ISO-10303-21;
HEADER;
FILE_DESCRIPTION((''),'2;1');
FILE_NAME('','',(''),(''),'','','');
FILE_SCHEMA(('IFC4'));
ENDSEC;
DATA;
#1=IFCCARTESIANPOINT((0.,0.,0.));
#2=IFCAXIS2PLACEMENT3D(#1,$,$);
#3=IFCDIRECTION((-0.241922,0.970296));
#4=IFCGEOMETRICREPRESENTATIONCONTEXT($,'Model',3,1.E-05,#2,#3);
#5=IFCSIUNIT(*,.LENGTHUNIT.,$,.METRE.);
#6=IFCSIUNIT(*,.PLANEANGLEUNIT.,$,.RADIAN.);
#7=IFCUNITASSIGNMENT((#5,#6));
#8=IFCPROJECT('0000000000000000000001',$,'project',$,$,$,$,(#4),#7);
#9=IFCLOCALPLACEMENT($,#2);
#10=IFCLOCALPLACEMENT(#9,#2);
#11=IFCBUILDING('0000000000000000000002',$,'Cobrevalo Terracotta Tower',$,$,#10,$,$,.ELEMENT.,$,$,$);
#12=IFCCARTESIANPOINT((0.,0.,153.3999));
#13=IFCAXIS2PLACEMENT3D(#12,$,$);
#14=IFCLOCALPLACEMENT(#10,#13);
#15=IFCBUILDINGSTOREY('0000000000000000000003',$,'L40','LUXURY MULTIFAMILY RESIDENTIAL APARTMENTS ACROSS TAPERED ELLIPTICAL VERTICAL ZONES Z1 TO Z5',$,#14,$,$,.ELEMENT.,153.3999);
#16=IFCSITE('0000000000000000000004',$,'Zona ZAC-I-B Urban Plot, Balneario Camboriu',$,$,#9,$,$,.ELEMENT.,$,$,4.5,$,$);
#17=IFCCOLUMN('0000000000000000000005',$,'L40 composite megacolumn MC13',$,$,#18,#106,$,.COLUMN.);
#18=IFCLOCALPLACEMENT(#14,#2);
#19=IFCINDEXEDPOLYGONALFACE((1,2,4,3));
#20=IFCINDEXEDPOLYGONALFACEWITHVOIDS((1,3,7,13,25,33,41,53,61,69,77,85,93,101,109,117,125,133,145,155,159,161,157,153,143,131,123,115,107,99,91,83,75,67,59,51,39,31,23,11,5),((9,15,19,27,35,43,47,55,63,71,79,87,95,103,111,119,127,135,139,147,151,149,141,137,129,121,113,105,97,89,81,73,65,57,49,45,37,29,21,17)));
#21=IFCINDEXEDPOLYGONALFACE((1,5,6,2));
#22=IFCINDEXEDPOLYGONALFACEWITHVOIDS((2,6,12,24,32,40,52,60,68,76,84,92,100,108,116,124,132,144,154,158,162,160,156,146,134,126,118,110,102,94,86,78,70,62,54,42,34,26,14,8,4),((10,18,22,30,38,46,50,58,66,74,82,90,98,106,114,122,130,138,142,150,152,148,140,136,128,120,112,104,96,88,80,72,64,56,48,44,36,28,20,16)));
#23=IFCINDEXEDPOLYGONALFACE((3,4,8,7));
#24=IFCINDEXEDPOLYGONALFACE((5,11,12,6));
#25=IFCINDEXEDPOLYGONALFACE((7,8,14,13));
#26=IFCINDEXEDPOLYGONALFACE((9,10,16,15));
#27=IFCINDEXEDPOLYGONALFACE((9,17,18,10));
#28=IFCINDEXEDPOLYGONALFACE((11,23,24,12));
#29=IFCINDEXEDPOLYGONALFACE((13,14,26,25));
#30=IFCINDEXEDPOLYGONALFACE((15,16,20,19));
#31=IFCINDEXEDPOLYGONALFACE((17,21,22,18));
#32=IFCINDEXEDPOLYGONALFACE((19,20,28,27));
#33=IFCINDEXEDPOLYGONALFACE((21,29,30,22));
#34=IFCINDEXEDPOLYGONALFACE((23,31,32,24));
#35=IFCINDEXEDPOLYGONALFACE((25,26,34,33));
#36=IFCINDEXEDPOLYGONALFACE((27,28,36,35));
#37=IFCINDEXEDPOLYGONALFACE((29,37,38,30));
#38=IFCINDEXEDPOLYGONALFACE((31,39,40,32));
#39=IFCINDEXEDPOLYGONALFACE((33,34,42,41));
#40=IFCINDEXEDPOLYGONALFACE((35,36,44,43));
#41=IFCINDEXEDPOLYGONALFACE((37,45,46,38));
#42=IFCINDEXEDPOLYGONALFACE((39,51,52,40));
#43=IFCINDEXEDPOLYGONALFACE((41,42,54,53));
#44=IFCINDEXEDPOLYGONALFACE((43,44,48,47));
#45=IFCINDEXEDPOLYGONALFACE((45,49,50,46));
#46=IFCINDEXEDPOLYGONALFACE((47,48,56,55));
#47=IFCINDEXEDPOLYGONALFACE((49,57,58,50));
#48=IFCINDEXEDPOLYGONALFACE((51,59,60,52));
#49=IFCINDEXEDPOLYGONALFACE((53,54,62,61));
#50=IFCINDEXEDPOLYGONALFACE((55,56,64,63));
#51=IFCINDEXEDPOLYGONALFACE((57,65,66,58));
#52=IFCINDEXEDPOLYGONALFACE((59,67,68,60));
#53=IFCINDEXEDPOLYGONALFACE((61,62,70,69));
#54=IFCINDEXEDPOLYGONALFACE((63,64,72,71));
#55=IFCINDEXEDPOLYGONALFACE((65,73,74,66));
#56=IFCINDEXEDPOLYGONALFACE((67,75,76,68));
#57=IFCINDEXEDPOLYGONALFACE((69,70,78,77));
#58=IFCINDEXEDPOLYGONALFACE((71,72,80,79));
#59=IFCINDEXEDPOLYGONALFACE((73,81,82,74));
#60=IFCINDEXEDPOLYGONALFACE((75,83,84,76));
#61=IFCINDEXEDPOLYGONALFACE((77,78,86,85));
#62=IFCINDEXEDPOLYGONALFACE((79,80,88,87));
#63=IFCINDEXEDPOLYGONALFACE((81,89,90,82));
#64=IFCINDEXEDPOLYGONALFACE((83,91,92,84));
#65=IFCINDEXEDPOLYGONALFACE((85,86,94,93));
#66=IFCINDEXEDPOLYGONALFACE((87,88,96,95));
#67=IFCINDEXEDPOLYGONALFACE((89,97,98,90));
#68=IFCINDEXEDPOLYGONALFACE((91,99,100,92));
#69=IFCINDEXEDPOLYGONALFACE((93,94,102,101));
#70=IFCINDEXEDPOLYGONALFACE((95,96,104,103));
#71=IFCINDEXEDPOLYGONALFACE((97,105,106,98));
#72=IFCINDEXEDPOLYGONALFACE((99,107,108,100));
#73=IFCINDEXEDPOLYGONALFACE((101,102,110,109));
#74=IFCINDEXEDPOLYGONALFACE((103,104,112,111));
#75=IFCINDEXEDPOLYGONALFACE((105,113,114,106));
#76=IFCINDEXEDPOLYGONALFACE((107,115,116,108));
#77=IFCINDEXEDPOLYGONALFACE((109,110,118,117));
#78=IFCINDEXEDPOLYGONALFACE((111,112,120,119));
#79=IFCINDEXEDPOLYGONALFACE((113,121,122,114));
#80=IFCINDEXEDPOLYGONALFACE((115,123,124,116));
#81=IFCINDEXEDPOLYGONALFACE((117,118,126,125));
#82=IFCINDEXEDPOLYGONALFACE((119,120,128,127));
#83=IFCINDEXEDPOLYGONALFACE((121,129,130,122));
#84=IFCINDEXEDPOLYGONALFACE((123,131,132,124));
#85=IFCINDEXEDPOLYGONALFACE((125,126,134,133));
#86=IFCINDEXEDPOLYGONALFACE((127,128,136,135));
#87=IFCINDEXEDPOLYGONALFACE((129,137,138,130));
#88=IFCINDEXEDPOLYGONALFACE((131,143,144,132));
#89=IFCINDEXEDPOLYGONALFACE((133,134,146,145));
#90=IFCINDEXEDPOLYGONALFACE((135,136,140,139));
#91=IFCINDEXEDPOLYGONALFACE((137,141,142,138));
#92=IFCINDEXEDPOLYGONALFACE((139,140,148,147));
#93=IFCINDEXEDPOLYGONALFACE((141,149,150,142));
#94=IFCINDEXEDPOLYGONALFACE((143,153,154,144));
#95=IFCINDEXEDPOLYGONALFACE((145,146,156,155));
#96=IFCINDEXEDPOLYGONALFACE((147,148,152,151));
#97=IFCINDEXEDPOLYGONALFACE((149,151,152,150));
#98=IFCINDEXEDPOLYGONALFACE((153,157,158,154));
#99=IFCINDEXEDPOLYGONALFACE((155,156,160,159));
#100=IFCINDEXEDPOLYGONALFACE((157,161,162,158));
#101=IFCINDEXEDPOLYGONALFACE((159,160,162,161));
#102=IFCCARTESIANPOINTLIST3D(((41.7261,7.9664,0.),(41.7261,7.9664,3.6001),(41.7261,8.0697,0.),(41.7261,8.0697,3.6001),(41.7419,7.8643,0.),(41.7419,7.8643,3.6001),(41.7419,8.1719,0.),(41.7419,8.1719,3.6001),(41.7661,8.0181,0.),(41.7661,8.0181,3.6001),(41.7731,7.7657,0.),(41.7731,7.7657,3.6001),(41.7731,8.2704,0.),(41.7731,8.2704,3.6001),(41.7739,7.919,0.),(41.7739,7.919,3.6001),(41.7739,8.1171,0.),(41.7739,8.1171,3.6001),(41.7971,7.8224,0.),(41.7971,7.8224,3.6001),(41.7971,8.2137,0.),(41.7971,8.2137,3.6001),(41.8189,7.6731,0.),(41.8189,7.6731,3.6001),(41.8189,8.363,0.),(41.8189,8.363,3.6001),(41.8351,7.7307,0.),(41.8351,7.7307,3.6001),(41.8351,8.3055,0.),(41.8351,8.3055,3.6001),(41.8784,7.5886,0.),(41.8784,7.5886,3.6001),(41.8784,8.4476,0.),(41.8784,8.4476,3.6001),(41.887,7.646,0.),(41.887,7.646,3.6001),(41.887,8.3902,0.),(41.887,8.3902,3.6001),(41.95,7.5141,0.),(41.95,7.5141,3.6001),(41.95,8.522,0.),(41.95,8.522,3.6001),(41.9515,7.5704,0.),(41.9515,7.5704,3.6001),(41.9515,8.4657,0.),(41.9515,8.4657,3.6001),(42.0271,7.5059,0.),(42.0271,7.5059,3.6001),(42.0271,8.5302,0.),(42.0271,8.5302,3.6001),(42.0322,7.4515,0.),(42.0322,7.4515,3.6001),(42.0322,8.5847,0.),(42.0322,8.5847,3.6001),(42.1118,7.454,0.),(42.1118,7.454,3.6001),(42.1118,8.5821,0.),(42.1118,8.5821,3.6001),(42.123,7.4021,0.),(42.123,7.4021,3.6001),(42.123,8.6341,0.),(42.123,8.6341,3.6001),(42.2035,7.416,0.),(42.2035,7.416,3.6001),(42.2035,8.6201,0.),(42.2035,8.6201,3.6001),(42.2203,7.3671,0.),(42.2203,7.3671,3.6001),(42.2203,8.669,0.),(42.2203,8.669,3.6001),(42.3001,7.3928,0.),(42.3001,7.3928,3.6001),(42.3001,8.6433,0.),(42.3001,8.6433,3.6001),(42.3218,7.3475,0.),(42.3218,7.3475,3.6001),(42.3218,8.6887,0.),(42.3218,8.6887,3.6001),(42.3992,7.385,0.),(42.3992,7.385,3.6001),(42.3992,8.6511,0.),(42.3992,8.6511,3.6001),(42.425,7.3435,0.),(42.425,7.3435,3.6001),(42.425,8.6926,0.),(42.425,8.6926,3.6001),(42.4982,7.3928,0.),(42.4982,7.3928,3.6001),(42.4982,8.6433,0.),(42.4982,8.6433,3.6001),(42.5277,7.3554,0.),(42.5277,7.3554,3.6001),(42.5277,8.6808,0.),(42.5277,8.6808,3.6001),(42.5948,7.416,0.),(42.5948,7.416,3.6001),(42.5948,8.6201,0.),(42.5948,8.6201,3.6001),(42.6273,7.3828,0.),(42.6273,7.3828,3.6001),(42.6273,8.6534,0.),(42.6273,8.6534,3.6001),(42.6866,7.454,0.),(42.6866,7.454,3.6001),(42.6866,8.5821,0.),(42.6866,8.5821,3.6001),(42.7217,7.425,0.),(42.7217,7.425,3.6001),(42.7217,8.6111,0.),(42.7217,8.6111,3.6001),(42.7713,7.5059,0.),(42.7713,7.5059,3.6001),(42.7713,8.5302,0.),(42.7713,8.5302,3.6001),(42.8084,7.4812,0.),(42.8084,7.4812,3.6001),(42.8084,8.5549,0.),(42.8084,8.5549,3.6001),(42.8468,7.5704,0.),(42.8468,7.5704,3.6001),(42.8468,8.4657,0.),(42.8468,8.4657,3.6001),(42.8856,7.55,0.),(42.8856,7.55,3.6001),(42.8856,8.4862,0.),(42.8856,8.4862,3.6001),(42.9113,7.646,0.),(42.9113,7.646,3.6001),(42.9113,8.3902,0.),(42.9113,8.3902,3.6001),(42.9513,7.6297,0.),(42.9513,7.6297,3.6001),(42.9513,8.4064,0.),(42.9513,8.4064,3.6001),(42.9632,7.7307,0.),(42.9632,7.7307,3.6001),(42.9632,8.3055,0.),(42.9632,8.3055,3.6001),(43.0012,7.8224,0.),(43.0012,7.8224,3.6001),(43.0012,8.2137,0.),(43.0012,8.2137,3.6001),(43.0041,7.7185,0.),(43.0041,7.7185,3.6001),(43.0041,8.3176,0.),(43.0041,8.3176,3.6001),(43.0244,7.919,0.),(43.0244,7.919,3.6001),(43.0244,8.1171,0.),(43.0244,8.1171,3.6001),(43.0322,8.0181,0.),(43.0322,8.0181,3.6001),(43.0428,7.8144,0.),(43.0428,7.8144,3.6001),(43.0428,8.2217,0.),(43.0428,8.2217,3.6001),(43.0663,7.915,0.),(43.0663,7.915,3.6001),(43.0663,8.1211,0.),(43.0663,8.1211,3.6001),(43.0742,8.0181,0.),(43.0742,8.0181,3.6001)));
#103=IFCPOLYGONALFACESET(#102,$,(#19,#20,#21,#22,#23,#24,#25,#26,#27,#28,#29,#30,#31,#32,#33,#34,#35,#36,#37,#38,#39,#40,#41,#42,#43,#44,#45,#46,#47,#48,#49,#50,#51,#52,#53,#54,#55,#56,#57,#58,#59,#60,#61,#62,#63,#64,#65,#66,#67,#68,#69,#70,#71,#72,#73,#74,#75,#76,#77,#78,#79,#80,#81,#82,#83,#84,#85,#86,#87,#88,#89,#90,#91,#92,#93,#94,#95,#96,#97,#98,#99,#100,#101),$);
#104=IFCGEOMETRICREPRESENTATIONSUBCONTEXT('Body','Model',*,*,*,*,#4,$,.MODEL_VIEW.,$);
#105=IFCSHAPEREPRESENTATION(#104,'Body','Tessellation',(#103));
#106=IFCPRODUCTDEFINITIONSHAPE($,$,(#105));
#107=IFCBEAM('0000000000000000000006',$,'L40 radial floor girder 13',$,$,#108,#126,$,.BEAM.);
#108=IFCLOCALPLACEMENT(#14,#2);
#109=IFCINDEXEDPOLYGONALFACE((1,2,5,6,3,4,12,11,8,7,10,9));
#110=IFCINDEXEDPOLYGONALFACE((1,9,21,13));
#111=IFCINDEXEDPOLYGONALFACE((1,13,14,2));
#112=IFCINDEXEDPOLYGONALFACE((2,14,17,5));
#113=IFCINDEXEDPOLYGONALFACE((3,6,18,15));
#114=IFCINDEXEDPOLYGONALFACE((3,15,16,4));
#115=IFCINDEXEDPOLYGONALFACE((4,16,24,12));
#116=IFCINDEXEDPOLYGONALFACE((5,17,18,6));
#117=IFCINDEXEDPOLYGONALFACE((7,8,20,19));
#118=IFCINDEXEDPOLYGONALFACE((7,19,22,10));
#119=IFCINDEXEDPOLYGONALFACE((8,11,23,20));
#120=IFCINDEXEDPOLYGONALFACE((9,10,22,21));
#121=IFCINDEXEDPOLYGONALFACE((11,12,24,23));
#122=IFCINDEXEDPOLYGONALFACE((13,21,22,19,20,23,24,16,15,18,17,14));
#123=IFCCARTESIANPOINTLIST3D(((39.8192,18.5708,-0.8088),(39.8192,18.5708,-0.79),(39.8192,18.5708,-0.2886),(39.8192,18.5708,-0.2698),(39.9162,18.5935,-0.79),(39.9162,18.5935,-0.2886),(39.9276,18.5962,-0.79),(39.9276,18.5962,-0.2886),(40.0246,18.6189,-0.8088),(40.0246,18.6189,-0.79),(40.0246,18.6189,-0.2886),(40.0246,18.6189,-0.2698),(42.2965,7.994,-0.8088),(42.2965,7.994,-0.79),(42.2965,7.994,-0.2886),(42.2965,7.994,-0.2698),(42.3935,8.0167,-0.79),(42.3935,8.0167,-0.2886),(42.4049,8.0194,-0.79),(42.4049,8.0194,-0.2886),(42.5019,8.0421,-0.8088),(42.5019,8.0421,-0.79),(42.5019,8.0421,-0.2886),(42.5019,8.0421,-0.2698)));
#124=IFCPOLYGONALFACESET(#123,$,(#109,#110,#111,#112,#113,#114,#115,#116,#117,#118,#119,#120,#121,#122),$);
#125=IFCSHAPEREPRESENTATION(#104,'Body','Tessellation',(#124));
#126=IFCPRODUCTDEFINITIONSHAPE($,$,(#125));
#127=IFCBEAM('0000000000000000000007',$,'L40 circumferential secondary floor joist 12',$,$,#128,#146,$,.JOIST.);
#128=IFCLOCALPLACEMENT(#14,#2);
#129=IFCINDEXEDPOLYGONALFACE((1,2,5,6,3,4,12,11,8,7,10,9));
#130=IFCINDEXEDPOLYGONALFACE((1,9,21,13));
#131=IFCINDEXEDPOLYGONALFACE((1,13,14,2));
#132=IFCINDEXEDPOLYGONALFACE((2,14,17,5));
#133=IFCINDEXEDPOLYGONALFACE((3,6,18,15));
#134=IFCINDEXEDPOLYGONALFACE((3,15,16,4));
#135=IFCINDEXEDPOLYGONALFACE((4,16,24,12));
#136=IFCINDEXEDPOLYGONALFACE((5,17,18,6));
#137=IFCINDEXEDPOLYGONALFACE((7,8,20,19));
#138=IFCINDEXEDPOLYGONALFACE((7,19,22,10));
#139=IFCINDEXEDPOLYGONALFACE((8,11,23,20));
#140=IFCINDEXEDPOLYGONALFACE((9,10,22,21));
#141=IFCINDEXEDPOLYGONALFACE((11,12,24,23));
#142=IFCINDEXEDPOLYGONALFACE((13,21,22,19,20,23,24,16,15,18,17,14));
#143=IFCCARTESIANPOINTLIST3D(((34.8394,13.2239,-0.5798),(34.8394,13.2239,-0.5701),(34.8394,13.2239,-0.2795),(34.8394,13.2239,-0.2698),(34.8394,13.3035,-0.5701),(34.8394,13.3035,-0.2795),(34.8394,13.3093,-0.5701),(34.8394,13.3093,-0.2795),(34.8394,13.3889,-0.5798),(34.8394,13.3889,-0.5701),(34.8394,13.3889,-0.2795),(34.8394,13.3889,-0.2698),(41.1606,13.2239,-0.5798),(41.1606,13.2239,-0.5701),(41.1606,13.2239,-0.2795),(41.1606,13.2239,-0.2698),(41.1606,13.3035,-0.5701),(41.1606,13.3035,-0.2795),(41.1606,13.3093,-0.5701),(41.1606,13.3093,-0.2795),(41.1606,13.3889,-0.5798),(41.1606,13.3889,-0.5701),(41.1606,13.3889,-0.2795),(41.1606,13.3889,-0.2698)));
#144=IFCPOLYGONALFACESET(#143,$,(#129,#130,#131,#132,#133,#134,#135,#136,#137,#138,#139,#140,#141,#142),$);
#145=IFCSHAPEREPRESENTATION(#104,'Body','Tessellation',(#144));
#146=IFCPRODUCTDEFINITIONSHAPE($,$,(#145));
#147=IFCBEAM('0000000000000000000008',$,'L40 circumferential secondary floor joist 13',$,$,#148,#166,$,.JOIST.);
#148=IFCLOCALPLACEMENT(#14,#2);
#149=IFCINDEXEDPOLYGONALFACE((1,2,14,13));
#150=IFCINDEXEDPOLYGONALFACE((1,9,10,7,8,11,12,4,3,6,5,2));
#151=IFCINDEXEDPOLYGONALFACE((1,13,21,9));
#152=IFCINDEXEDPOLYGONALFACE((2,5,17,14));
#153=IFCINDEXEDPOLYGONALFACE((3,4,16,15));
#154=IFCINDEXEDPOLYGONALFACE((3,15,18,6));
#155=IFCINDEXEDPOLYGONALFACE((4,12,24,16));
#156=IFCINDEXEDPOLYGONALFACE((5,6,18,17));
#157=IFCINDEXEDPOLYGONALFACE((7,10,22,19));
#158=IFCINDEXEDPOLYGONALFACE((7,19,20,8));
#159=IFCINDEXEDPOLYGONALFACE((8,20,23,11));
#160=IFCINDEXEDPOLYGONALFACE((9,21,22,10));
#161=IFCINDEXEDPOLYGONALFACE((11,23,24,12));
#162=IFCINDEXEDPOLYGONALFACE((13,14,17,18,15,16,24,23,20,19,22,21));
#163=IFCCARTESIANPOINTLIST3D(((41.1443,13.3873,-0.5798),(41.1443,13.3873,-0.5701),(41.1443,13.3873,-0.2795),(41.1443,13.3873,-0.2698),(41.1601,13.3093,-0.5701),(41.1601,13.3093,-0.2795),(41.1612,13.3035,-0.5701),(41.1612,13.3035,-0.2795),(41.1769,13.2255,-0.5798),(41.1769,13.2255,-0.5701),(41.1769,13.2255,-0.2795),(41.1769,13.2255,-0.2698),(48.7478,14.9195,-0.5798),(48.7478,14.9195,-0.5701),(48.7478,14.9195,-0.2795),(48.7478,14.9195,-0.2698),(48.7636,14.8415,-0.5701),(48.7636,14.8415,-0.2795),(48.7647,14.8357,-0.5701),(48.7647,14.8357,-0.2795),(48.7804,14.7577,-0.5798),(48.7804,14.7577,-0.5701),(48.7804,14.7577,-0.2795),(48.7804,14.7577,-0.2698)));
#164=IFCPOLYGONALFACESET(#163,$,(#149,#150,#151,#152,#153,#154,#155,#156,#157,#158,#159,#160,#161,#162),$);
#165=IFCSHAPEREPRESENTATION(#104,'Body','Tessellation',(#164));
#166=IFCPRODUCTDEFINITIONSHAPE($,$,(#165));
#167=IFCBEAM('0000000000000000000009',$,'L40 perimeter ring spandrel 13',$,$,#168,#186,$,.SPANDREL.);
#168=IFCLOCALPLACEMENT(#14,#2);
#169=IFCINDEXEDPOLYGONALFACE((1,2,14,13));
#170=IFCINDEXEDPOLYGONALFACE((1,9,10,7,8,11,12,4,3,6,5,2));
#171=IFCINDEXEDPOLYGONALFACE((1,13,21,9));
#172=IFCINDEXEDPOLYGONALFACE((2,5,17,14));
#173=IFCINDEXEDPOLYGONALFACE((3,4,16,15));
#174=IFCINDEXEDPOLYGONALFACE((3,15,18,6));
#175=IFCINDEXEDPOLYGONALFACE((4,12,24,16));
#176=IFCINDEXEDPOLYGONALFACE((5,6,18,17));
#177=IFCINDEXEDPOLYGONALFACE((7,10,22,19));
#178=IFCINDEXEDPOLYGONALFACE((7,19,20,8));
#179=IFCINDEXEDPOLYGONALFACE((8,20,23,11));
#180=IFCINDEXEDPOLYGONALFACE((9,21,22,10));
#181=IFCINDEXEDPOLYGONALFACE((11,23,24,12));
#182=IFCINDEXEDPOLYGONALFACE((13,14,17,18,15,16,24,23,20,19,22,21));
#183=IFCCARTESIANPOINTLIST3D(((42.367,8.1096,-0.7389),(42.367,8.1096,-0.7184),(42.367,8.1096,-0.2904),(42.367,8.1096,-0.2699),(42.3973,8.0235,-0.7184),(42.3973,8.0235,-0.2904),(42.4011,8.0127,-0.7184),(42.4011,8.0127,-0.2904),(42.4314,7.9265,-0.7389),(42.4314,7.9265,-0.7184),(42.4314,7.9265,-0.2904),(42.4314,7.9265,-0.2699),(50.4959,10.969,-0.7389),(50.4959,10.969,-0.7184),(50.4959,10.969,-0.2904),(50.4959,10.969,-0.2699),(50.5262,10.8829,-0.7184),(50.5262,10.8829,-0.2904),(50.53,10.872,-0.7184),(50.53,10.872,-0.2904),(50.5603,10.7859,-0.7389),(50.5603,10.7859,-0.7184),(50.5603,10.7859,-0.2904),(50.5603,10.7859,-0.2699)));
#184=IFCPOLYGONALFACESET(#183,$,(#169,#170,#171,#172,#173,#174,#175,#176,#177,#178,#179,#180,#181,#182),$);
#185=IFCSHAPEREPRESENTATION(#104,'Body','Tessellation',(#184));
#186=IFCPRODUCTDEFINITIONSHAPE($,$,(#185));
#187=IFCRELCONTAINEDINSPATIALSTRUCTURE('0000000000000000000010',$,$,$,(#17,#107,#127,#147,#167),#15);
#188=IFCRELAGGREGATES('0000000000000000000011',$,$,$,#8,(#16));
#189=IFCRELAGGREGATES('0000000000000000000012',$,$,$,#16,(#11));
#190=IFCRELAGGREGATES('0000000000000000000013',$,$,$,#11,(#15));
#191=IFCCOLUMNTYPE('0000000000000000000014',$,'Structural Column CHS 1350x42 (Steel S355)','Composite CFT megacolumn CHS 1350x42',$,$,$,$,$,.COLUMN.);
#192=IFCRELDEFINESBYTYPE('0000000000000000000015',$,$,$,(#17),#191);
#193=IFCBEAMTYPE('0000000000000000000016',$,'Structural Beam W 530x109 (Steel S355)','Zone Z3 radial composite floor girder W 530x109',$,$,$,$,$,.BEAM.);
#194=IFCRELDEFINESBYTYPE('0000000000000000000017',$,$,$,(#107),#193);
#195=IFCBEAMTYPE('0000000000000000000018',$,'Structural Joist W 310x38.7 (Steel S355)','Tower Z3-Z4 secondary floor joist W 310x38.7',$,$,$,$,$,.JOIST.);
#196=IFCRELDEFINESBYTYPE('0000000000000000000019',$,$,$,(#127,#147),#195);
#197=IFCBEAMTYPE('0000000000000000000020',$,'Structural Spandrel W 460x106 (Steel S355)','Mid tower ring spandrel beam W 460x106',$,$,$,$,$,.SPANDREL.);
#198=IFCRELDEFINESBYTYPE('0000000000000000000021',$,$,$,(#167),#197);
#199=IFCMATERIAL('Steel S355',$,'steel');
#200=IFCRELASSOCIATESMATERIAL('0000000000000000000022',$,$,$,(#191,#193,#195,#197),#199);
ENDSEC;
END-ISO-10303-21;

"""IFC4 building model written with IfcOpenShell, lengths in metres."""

from ifc_helpers import new_model, si_unit, direction, frame, origin, origin_2d, place, context, subcontext, project, spatial, hollow_circle, i_section, extrude, material, material_profile, profile_set, type_object, element, save


model = new_model("IFC4")

# Units and contexts
model_context = context("Model", 3, precision=1e-05, world=origin(), true_north=direction((-0.241922, 0.970296)))
body_context = subcontext(model_context, "Body", "Model", "MODEL_VIEW")
ifc_project = project(units=[si_unit("LENGTHUNIT", "METRE"), si_unit("PLANEANGLEUNIT", "RADIAN")], contexts=[model_context])

# Site, building, storey
site_placement = place(None, origin())
site = spatial("IfcSite", under=ifc_project, at=site_placement, Name="Zona ZAC-I-B Urban Plot, Balneario Camboriu", CompositionType="ELEMENT", RefElevation=4.5)
building_placement = place(site_placement, origin())
building = spatial("IfcBuilding", under=site, at=building_placement, Name="Cobrevalo Terracotta Tower", CompositionType="ELEMENT")
storey_placement = place(building_placement, frame((0.0, 0.0, 153.3999)))
storey = spatial("IfcBuildingStorey", under=building, at=storey_placement, Name="L40", Description="LUXURY MULTIFAMILY RESIDENTIAL APARTMENTS ACROSS TAPERED ELLIPTICAL VERTICAL ZONES Z1 TO Z5", CompositionType="ELEMENT", Elevation=153.3999)

# Column
ifc_material_1 = material(Name="Steel S355", Category="steel")
ifc_material_profile_1 = material_profile(ifc_material_1, hollow_circle(Radius=0.675, WallThickness=0.042, at=origin_2d()), Name="CHS 1350x42")
ifc_profile_set_1 = profile_set([ifc_material_profile_1], Name="Steel S355")
column_type = type_object("IfcColumnType", Name="Structural Column CHS 1350x42 (Steel S355)", Description="Composite CFT megacolumn CHS 1350x42", PredefinedType="COLUMN", material=ifc_profile_set_1)
column_placement = place(storey_placement, frame((42.3992, 8.0181, 0.0), z_axis=(0.0, 0.0, 1.0), x_axis=(1.0, 0.0, 0.0)))
element("IfcColumn", 1, at=column_placement, inside=storey, type_object=column_type, Name="L40 composite megacolumn MC13", PredefinedType="COLUMN", context=body_context, shape_type="SweptSolid", body=[
    extrude(hollow_circle(Radius=0.675, WallThickness=0.042, at=origin_2d()), origin(), (0.0, 0.0, 1.0), 3.6001),
])

# Beams
ifc_material_profile_2 = material_profile(ifc_material_1, i_section(OverallWidth=0.2109, OverallDepth=0.5391, WebThickness=0.0117, FlangeThickness=0.0188, at=origin_2d()), Name="W 530x109")
ifc_profile_set_2 = profile_set([ifc_material_profile_2], Name="Steel S355")
beam_type_1 = type_object("IfcBeamType", Name="Structural Beam W 530x109 (Steel S355)", Description="Zone Z3 radial composite floor girder W 530x109", PredefinedType="BEAM", material=ifc_profile_set_2)
beam_1_placement = place(storey_placement, frame((42.3992, 8.0181, -0.5393), z_axis=(-0.228046, 0.97365, 0.0), x_axis=(-0.97365, -0.228046, 0.0)))
element("IfcBeam", 2, at=beam_1_placement, inside=storey, type_object=beam_type_1, Name="L40 radial floor girder 13", PredefinedType="BEAM", context=body_context, shape_type="SweptSolid", body=[
    extrude(i_section(OverallWidth=0.2109, OverallDepth=0.5391, WebThickness=0.0117, FlangeThickness=0.0188, at=origin_2d()), origin(), (0.0, 0.0, 1.0), 10.863),
])
ifc_material_profile_3 = material_profile(ifc_material_1, i_section(OverallWidth=0.165, OverallDepth=0.3101, WebThickness=0.0059, FlangeThickness=0.0098, at=origin_2d()), Name="W 310x38.7")
ifc_profile_set_3 = profile_set([ifc_material_profile_3], Name="Steel S355")
beam_type_2 = type_object("IfcBeamType", Name="Structural Joist W 310x38.7 (Steel S355)", Description="Tower Z3-Z4 secondary floor joist W 310x38.7", PredefinedType="JOIST", material=ifc_profile_set_3)
beam_2_placement = place(storey_placement, frame((34.8394, 13.3064, -0.4248), z_axis=(1.0, 0.0, 0.0), x_axis=(0.0, 1.0, 0.0)))
element("IfcBeam", 3, at=beam_2_placement, inside=storey, type_object=beam_type_2, Name="L40 circumferential secondary floor joist 12", PredefinedType="JOIST", context=body_context, shape_type="SweptSolid", body=[
    extrude(i_section(OverallWidth=0.165, OverallDepth=0.3101, WebThickness=0.0059, FlangeThickness=0.0098, at=origin_2d()), origin(), (0.0, 0.0, 1.0), 6.3213),
])
beam_3_placement = place(storey_placement, frame((41.1606, 13.3064, -0.4248), z_axis=(0.980294, 0.197544, 0.0), x_axis=(-0.197544, 0.980294, 0.0)))
element("IfcBeam", 4, at=beam_3_placement, inside=storey, type_object=beam_type_2, Name="L40 circumferential secondary floor joist 13", PredefinedType="JOIST", context=body_context, shape_type="SweptSolid", body=[
    extrude(i_section(OverallWidth=0.165, OverallDepth=0.3101, WebThickness=0.0059, FlangeThickness=0.0098, at=origin_2d()), origin(), (0.0, 0.0, 1.0), 7.7563),
])
ifc_material_profile_4 = material_profile(ifc_material_1, i_section(OverallWidth=0.1941, OverallDepth=0.469, WebThickness=0.0115, FlangeThickness=0.0205, at=origin_2d()), Name="W 460x106")
ifc_profile_set_4 = profile_set([ifc_material_profile_4], Name="Steel S355")
beam_type_3 = type_object("IfcBeamType", Name="Structural Spandrel W 460x106 (Steel S355)", Description="Mid tower ring spandrel beam W 460x106", PredefinedType="SPANDREL", material=ifc_profile_set_4)
beam_4_placement = place(storey_placement, frame((42.3992, 8.0181, -0.5044), z_axis=(0.943341, 0.331824, 0.0), x_axis=(-0.331824, 0.943341, 0.0)))
element("IfcBeam", 5, at=beam_4_placement, inside=storey, type_object=beam_type_3, Name="L40 perimeter ring spandrel 13", PredefinedType="SPANDREL", context=body_context, shape_type="SweptSolid", body=[
    extrude(i_section(OverallWidth=0.1941, OverallDepth=0.469, WebThickness=0.0115, FlangeThickness=0.0205, at=origin_2d()), origin(), (0.0, 0.0, 1.0), 8.6172),
])

save(model, "model.ifc")
